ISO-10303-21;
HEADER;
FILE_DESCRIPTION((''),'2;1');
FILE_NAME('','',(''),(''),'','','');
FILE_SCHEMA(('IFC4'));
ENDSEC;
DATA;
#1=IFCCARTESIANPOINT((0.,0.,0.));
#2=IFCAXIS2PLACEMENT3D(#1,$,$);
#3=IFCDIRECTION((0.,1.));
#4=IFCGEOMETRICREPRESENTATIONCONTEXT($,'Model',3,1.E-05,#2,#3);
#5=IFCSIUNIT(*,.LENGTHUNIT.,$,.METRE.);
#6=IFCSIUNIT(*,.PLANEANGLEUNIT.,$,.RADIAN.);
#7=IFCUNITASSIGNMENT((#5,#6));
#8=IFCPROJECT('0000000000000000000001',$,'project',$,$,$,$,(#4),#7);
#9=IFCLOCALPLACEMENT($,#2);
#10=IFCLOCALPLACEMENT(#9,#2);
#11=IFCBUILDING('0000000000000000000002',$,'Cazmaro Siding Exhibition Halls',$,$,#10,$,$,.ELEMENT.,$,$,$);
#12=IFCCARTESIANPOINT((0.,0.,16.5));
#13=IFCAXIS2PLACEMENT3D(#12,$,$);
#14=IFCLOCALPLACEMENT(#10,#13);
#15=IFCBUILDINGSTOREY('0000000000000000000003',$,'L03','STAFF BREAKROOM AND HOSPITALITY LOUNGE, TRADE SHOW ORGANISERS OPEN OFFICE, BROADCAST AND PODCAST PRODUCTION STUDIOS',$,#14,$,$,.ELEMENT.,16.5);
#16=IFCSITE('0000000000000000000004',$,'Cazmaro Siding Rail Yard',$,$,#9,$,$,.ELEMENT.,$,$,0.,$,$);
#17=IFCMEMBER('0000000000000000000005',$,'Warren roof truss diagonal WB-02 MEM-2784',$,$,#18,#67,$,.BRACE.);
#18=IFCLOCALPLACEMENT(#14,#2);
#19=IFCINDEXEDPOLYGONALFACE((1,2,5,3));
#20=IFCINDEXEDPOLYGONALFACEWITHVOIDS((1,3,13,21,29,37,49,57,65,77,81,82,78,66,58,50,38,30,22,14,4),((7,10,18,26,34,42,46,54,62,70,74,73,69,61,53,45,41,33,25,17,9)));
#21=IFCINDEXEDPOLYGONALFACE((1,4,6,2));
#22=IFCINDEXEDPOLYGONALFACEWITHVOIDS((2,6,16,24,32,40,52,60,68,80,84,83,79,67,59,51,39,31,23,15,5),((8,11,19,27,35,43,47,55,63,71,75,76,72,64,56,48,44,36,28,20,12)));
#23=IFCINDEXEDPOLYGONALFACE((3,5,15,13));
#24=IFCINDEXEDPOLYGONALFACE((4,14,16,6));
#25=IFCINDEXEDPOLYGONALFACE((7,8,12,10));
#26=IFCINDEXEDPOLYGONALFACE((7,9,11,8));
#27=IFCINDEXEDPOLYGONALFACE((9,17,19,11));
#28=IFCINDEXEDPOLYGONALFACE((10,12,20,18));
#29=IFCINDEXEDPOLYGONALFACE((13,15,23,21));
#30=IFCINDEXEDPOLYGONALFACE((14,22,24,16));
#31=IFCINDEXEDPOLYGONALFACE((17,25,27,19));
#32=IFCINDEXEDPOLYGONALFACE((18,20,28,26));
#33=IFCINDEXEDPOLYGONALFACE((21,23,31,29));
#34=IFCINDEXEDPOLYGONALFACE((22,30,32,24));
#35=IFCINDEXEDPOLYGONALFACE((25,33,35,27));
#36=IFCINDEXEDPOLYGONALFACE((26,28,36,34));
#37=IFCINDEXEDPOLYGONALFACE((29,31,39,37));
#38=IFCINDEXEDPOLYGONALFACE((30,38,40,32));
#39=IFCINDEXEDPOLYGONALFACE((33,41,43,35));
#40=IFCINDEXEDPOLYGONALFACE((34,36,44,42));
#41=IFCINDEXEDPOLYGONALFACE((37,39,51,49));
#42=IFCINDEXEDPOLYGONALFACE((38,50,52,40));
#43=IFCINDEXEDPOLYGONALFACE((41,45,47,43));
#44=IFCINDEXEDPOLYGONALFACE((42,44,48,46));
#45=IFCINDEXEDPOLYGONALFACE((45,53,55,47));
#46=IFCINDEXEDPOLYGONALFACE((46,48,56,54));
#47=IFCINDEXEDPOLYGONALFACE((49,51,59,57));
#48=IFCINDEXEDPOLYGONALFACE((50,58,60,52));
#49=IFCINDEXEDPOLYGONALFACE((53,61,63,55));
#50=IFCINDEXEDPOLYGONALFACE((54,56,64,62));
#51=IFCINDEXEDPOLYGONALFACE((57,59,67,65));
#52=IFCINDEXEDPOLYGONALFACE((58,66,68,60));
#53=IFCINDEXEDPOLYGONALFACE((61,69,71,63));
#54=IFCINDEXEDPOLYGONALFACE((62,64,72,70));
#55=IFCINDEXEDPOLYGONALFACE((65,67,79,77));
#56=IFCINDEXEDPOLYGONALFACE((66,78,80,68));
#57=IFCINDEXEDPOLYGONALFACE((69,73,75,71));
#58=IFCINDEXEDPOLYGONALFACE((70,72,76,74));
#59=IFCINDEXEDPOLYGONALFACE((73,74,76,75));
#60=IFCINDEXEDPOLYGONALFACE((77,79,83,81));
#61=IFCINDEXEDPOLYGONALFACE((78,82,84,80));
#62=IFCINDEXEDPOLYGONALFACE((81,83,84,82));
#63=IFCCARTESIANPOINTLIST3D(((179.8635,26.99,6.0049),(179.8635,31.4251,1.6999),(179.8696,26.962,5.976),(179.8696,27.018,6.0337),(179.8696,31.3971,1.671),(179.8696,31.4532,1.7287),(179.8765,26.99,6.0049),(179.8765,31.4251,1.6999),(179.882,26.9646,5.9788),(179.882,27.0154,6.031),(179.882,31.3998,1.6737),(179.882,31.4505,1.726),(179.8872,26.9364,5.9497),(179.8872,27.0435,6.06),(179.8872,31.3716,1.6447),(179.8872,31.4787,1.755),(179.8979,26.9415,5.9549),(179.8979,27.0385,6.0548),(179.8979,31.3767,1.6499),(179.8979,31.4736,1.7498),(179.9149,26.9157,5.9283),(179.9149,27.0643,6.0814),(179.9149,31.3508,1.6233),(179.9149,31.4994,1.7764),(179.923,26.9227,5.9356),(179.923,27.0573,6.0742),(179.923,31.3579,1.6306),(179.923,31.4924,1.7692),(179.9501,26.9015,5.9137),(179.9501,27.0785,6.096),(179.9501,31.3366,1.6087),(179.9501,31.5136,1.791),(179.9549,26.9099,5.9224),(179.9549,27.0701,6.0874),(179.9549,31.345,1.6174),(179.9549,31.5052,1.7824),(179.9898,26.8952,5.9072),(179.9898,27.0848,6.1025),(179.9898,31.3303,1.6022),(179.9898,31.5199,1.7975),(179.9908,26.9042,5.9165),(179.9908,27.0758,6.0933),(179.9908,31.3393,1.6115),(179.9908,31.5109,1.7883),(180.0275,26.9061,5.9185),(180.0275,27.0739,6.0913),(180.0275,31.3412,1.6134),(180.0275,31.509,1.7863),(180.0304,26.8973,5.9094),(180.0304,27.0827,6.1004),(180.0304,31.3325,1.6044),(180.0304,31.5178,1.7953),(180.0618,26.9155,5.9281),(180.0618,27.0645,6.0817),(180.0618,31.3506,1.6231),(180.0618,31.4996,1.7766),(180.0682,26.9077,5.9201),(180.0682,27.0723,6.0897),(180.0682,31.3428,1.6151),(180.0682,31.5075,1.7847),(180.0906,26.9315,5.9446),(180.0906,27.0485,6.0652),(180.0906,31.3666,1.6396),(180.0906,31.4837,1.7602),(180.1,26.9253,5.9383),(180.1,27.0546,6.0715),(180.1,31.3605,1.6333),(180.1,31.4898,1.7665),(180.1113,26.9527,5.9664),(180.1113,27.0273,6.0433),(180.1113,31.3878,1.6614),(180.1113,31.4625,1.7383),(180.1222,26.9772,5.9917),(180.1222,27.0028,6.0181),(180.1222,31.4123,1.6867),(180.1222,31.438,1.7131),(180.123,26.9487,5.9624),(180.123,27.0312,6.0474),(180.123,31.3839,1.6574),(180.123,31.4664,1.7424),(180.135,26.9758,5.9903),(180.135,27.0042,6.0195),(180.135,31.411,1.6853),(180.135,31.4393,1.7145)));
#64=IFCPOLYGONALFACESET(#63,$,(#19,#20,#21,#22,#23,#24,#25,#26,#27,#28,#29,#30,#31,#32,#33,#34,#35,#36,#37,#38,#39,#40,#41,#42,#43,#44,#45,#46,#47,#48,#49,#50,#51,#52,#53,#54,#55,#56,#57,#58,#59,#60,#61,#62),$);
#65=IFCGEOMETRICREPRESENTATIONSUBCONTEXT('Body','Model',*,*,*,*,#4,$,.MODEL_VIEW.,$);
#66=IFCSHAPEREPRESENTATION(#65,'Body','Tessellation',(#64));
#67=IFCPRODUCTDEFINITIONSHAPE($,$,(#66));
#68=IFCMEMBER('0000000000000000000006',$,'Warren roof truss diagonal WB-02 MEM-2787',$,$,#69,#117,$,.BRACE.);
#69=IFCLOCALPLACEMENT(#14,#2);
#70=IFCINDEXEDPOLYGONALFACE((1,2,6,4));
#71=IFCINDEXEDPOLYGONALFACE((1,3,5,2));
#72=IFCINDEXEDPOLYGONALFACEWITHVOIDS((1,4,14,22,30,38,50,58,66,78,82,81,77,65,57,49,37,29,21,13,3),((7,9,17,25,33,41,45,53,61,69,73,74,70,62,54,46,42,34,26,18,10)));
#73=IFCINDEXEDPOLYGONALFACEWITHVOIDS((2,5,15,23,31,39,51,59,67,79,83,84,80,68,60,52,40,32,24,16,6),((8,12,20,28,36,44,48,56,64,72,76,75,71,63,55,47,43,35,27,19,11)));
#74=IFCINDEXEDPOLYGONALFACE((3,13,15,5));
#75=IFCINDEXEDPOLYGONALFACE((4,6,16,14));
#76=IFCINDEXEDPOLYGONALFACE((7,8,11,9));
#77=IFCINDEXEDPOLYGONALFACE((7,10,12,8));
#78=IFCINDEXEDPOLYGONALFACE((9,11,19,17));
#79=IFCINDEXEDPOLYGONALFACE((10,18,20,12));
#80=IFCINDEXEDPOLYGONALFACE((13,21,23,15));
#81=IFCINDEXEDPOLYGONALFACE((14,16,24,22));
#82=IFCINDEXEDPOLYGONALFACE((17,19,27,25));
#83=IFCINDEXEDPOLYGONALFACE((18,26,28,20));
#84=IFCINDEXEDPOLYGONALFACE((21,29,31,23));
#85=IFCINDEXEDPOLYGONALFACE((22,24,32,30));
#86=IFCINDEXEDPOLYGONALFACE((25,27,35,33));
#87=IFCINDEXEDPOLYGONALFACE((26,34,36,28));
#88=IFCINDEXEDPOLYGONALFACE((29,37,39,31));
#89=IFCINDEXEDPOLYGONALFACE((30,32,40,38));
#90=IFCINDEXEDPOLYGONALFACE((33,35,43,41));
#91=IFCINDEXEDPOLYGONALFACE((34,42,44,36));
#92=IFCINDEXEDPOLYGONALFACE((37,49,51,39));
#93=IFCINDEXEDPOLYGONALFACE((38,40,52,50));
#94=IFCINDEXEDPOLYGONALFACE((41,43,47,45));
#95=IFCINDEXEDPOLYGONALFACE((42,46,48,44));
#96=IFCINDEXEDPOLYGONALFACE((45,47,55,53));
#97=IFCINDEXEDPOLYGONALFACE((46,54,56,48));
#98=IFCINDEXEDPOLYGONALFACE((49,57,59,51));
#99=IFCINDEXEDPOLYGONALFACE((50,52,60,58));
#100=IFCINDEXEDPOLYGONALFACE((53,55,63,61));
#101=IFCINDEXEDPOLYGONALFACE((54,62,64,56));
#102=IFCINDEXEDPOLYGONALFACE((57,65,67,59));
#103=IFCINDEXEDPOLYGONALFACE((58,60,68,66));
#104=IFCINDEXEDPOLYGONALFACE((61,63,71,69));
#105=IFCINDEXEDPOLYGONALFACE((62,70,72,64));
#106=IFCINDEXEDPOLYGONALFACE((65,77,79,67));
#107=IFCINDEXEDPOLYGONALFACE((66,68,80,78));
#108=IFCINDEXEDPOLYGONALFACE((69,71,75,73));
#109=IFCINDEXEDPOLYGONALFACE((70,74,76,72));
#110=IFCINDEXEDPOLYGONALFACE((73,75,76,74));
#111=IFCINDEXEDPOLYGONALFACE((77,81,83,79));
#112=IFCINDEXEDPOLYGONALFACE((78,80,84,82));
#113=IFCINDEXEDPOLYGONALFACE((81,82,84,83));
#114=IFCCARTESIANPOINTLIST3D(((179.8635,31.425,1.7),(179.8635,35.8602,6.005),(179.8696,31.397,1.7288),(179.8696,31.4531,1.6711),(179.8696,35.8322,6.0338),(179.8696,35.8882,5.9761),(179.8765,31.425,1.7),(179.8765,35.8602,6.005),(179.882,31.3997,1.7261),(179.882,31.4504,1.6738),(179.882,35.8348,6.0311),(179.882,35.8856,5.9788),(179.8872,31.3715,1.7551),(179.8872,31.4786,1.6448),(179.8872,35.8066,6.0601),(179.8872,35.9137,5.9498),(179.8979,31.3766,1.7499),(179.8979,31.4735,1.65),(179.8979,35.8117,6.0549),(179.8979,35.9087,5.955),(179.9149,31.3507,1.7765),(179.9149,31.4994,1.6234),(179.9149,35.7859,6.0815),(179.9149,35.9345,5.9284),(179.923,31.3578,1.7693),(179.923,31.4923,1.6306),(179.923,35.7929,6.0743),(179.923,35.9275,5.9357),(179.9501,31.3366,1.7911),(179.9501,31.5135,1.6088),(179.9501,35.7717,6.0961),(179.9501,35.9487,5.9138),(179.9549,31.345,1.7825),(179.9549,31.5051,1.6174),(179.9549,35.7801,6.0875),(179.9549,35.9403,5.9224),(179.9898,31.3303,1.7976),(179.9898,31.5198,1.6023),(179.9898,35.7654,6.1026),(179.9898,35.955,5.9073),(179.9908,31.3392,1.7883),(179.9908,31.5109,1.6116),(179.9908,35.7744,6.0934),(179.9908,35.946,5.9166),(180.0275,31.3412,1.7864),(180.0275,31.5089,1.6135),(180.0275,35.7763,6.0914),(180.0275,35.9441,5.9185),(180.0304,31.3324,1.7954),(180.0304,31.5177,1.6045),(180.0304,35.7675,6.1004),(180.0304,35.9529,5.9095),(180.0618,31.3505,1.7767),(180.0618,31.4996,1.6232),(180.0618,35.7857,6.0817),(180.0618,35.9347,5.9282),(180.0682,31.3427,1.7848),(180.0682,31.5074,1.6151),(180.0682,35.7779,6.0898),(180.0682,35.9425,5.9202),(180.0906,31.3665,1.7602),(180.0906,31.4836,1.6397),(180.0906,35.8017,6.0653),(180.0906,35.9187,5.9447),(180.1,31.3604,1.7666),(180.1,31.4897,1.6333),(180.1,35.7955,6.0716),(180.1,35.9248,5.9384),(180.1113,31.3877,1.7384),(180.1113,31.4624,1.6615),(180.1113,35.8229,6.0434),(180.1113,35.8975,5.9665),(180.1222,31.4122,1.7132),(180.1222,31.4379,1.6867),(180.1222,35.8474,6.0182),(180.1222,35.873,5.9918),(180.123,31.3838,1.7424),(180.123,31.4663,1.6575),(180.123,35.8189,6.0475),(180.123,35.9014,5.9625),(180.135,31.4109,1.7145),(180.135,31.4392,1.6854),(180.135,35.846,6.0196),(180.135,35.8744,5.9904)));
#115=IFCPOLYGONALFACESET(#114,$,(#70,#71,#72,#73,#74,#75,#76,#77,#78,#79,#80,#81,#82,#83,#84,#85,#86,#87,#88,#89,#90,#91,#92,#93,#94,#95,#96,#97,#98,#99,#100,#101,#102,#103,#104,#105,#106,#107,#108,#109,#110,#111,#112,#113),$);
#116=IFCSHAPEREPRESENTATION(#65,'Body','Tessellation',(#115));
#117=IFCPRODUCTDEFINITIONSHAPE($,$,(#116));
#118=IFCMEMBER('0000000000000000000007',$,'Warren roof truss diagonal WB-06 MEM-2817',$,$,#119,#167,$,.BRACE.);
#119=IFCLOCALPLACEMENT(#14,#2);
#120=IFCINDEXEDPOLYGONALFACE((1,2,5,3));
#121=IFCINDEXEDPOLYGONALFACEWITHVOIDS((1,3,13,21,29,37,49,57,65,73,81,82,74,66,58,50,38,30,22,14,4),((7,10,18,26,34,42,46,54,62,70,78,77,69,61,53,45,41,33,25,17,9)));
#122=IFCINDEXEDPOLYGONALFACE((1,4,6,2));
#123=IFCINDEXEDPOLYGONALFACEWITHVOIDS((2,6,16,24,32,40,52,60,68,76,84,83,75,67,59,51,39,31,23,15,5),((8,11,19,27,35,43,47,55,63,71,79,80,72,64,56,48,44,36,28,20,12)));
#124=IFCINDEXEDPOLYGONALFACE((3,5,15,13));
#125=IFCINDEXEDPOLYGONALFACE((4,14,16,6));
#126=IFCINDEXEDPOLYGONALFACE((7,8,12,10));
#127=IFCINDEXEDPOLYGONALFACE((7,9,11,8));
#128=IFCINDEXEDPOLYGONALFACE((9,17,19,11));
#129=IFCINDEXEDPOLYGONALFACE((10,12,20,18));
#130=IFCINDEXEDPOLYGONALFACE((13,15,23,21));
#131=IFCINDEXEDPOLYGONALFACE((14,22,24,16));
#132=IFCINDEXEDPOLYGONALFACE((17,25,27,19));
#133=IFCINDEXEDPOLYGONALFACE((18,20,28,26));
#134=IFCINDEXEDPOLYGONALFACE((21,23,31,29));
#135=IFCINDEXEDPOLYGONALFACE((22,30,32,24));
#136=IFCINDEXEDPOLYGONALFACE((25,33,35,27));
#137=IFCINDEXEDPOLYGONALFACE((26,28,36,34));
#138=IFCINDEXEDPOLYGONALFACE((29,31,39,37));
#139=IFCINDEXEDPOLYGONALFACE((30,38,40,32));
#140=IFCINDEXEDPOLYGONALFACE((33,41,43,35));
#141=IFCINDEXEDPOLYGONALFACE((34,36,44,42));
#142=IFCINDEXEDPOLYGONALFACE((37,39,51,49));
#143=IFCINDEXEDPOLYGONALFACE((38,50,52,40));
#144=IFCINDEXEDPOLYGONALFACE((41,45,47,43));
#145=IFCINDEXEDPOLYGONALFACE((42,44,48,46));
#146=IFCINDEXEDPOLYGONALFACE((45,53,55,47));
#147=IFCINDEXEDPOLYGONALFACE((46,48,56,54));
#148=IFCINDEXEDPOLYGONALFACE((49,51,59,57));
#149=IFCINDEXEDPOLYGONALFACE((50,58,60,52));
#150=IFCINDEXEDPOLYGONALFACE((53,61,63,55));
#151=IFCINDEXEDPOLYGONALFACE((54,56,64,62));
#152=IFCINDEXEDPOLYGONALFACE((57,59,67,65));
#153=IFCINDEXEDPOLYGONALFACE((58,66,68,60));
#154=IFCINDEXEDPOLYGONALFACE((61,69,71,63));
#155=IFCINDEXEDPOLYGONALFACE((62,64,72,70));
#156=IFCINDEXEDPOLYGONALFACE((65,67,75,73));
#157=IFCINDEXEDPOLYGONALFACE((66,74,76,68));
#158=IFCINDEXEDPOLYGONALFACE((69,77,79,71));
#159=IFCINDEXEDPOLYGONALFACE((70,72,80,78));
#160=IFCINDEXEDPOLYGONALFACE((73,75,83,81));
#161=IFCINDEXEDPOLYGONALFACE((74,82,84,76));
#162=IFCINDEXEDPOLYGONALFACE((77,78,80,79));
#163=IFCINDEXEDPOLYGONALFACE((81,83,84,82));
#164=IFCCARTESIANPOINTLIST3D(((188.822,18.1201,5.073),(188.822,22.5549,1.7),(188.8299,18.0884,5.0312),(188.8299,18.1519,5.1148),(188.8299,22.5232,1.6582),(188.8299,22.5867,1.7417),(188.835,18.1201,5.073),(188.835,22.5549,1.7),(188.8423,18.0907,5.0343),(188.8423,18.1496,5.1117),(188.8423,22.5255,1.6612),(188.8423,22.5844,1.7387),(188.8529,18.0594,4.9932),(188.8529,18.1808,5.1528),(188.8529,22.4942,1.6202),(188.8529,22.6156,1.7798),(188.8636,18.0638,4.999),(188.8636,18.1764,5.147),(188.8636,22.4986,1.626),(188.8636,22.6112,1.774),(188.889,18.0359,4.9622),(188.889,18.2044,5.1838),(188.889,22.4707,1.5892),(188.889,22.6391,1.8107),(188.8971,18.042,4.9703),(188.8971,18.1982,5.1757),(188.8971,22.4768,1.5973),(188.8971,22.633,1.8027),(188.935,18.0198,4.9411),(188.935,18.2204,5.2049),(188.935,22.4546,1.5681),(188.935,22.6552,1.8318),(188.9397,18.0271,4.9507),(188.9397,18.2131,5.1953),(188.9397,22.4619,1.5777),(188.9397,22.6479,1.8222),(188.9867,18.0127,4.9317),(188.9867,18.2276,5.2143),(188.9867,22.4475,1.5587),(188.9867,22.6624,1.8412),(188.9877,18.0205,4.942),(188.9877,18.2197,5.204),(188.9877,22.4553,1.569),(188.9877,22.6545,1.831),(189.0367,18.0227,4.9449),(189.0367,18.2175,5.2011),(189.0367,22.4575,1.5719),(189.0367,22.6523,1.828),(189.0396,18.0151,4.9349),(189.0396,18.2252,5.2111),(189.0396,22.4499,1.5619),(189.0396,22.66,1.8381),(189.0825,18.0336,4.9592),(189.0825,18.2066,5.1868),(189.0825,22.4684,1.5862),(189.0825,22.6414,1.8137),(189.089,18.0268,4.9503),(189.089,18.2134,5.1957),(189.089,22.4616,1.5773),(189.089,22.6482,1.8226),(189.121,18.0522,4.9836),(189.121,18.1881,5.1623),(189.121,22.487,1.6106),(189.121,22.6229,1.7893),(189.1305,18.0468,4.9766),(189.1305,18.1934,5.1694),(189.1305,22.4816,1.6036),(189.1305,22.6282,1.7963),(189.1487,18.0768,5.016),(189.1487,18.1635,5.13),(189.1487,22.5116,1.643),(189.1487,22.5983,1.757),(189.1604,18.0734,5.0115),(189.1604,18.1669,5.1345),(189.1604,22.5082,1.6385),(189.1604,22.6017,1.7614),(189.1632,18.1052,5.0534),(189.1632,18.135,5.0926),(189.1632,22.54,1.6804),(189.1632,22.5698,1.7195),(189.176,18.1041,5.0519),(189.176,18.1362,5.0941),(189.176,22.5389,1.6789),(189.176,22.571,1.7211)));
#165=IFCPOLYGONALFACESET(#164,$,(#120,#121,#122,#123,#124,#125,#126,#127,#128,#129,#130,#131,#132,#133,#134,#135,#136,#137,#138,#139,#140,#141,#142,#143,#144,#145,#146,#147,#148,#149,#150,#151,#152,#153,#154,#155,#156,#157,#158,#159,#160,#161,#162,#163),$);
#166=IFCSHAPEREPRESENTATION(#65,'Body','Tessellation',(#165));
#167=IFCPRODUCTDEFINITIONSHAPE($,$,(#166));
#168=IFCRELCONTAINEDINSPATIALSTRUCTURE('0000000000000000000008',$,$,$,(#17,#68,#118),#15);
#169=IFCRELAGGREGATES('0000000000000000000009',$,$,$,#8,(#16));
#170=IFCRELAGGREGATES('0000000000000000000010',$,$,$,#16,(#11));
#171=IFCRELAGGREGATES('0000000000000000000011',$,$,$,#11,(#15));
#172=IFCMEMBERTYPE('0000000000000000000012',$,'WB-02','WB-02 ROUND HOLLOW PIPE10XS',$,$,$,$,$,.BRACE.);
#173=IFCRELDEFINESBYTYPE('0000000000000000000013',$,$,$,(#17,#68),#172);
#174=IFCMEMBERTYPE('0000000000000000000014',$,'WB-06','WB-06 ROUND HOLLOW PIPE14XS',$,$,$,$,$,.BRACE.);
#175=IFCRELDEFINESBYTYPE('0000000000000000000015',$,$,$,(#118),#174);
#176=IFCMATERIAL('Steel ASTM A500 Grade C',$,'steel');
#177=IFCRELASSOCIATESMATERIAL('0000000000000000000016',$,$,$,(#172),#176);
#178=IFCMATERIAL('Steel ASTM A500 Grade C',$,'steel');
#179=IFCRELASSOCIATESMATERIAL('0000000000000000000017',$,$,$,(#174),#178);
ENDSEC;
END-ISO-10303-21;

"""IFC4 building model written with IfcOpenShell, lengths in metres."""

from ifc_helpers import new_model, si_unit, direction, frame, origin, origin_2d, place, context, subcontext, project, spatial, hollow_circle, extrude, material, material_profile, profile_set, type_object, element, save


model = new_model("IFC4")

# Units and contexts
model_context = context("Model", 3, precision=1e-05, world=origin(), true_north=direction((0.0, 1.0)))
body_context = subcontext(model_context, "Body", "Model", "MODEL_VIEW")
ifc_project = project(units=[si_unit("LENGTHUNIT", "METRE"), si_unit("PLANEANGLEUNIT", "RADIAN")], contexts=[model_context])

# Site, building, storey
site_placement = place(None, origin())
site = spatial("IfcSite", under=ifc_project, at=site_placement, Name="Cazmaro Siding Rail Yard", CompositionType="ELEMENT", RefElevation=0.0)
building_placement = place(site_placement, origin())
building = spatial("IfcBuilding", under=site, at=building_placement, Name="Cazmaro Siding Exhibition Halls", CompositionType="ELEMENT")
storey_placement = place(building_placement, frame((0.0, 0.0, 16.5)))
storey = spatial("IfcBuildingStorey", under=building, at=storey_placement, Name="L03", Description="STAFF BREAKROOM AND HOSPITALITY LOUNGE, TRADE SHOW ORGANISERS OPEN OFFICE, BROADCAST AND PODCAST PRODUCTION STUDIOS", CompositionType="ELEMENT", Elevation=16.5)

# Members
ifc_material_1 = material(Name="Steel ASTM A500 Grade C", Category="steel")
ifc_material_profile_1 = material_profile(ifc_material_1, hollow_circle(Radius=0.1365, WallThickness=0.0129, at=origin_2d()), Name="PIPE10XS")
ifc_profile_set_1 = profile_set([ifc_material_profile_1], Name="Steel ASTM A500 Grade C")
member_type_1 = type_object("IfcMemberType", Name="WB-02", Description="WB-02 ROUND HOLLOW PIPE10XS", PredefinedType="BRACE", material=ifc_profile_set_1)
for number, where, z_axis, x_axis, name in (
    (1, (180.0, 26.99, 6.0049), (0.0, 0.717555, -0.696502), (-1.0, 0.0, 0.0), "Warren roof truss diagonal WB-02 MEM-2784"),
    (2, (180.0, 31.425, 1.7), (0.0, 0.717555, 0.696502), (-1.0, 0.0, 0.0), "Warren roof truss diagonal WB-02 MEM-2787"),
):
    element("IfcMember", number, at=place(storey_placement, frame(where, z_axis=z_axis, x_axis=x_axis)), inside=storey, type_object=member_type_1, Name=name, PredefinedType="BRACE", context=body_context, shape_type="SweptSolid", body=[
        extrude(hollow_circle(Radius=0.1365, WallThickness=0.0129, at=origin_2d()), origin(), (0.0, 0.0, 1.0), 6.1809),
    ])
ifc_material_2 = material(Name="Steel ASTM A500 Grade C", Category="steel")
ifc_material_profile_2 = material_profile(ifc_material_2, hollow_circle(Radius=0.178, WallThickness=0.0129, at=origin_2d()), Name="PIPE14XS")
ifc_profile_set_2 = profile_set([ifc_material_profile_2], Name="Steel ASTM A500 Grade C")
member_type_2 = type_object("IfcMemberType", Name="WB-06", Description="WB-06 ROUND HOLLOW PIPE14XS", PredefinedType="BRACE", material=ifc_profile_set_2)
member_1_placement = place(storey_placement, frame((189.0, 18.1201, 5.073), z_axis=(0.0, 0.795938, -0.605378), x_axis=(-1.0, 0.0, 0.0)))
element("IfcMember", 3, at=member_1_placement, inside=storey, type_object=member_type_2, Name="Warren roof truss diagonal WB-06 MEM-2817", PredefinedType="BRACE", context=body_context, shape_type="SweptSolid", body=[
    extrude(hollow_circle(Radius=0.178, WallThickness=0.0129, at=origin_2d()), origin(), (0.0, 0.0, 1.0), 5.5718),
])

save(model, "model.ifc")
